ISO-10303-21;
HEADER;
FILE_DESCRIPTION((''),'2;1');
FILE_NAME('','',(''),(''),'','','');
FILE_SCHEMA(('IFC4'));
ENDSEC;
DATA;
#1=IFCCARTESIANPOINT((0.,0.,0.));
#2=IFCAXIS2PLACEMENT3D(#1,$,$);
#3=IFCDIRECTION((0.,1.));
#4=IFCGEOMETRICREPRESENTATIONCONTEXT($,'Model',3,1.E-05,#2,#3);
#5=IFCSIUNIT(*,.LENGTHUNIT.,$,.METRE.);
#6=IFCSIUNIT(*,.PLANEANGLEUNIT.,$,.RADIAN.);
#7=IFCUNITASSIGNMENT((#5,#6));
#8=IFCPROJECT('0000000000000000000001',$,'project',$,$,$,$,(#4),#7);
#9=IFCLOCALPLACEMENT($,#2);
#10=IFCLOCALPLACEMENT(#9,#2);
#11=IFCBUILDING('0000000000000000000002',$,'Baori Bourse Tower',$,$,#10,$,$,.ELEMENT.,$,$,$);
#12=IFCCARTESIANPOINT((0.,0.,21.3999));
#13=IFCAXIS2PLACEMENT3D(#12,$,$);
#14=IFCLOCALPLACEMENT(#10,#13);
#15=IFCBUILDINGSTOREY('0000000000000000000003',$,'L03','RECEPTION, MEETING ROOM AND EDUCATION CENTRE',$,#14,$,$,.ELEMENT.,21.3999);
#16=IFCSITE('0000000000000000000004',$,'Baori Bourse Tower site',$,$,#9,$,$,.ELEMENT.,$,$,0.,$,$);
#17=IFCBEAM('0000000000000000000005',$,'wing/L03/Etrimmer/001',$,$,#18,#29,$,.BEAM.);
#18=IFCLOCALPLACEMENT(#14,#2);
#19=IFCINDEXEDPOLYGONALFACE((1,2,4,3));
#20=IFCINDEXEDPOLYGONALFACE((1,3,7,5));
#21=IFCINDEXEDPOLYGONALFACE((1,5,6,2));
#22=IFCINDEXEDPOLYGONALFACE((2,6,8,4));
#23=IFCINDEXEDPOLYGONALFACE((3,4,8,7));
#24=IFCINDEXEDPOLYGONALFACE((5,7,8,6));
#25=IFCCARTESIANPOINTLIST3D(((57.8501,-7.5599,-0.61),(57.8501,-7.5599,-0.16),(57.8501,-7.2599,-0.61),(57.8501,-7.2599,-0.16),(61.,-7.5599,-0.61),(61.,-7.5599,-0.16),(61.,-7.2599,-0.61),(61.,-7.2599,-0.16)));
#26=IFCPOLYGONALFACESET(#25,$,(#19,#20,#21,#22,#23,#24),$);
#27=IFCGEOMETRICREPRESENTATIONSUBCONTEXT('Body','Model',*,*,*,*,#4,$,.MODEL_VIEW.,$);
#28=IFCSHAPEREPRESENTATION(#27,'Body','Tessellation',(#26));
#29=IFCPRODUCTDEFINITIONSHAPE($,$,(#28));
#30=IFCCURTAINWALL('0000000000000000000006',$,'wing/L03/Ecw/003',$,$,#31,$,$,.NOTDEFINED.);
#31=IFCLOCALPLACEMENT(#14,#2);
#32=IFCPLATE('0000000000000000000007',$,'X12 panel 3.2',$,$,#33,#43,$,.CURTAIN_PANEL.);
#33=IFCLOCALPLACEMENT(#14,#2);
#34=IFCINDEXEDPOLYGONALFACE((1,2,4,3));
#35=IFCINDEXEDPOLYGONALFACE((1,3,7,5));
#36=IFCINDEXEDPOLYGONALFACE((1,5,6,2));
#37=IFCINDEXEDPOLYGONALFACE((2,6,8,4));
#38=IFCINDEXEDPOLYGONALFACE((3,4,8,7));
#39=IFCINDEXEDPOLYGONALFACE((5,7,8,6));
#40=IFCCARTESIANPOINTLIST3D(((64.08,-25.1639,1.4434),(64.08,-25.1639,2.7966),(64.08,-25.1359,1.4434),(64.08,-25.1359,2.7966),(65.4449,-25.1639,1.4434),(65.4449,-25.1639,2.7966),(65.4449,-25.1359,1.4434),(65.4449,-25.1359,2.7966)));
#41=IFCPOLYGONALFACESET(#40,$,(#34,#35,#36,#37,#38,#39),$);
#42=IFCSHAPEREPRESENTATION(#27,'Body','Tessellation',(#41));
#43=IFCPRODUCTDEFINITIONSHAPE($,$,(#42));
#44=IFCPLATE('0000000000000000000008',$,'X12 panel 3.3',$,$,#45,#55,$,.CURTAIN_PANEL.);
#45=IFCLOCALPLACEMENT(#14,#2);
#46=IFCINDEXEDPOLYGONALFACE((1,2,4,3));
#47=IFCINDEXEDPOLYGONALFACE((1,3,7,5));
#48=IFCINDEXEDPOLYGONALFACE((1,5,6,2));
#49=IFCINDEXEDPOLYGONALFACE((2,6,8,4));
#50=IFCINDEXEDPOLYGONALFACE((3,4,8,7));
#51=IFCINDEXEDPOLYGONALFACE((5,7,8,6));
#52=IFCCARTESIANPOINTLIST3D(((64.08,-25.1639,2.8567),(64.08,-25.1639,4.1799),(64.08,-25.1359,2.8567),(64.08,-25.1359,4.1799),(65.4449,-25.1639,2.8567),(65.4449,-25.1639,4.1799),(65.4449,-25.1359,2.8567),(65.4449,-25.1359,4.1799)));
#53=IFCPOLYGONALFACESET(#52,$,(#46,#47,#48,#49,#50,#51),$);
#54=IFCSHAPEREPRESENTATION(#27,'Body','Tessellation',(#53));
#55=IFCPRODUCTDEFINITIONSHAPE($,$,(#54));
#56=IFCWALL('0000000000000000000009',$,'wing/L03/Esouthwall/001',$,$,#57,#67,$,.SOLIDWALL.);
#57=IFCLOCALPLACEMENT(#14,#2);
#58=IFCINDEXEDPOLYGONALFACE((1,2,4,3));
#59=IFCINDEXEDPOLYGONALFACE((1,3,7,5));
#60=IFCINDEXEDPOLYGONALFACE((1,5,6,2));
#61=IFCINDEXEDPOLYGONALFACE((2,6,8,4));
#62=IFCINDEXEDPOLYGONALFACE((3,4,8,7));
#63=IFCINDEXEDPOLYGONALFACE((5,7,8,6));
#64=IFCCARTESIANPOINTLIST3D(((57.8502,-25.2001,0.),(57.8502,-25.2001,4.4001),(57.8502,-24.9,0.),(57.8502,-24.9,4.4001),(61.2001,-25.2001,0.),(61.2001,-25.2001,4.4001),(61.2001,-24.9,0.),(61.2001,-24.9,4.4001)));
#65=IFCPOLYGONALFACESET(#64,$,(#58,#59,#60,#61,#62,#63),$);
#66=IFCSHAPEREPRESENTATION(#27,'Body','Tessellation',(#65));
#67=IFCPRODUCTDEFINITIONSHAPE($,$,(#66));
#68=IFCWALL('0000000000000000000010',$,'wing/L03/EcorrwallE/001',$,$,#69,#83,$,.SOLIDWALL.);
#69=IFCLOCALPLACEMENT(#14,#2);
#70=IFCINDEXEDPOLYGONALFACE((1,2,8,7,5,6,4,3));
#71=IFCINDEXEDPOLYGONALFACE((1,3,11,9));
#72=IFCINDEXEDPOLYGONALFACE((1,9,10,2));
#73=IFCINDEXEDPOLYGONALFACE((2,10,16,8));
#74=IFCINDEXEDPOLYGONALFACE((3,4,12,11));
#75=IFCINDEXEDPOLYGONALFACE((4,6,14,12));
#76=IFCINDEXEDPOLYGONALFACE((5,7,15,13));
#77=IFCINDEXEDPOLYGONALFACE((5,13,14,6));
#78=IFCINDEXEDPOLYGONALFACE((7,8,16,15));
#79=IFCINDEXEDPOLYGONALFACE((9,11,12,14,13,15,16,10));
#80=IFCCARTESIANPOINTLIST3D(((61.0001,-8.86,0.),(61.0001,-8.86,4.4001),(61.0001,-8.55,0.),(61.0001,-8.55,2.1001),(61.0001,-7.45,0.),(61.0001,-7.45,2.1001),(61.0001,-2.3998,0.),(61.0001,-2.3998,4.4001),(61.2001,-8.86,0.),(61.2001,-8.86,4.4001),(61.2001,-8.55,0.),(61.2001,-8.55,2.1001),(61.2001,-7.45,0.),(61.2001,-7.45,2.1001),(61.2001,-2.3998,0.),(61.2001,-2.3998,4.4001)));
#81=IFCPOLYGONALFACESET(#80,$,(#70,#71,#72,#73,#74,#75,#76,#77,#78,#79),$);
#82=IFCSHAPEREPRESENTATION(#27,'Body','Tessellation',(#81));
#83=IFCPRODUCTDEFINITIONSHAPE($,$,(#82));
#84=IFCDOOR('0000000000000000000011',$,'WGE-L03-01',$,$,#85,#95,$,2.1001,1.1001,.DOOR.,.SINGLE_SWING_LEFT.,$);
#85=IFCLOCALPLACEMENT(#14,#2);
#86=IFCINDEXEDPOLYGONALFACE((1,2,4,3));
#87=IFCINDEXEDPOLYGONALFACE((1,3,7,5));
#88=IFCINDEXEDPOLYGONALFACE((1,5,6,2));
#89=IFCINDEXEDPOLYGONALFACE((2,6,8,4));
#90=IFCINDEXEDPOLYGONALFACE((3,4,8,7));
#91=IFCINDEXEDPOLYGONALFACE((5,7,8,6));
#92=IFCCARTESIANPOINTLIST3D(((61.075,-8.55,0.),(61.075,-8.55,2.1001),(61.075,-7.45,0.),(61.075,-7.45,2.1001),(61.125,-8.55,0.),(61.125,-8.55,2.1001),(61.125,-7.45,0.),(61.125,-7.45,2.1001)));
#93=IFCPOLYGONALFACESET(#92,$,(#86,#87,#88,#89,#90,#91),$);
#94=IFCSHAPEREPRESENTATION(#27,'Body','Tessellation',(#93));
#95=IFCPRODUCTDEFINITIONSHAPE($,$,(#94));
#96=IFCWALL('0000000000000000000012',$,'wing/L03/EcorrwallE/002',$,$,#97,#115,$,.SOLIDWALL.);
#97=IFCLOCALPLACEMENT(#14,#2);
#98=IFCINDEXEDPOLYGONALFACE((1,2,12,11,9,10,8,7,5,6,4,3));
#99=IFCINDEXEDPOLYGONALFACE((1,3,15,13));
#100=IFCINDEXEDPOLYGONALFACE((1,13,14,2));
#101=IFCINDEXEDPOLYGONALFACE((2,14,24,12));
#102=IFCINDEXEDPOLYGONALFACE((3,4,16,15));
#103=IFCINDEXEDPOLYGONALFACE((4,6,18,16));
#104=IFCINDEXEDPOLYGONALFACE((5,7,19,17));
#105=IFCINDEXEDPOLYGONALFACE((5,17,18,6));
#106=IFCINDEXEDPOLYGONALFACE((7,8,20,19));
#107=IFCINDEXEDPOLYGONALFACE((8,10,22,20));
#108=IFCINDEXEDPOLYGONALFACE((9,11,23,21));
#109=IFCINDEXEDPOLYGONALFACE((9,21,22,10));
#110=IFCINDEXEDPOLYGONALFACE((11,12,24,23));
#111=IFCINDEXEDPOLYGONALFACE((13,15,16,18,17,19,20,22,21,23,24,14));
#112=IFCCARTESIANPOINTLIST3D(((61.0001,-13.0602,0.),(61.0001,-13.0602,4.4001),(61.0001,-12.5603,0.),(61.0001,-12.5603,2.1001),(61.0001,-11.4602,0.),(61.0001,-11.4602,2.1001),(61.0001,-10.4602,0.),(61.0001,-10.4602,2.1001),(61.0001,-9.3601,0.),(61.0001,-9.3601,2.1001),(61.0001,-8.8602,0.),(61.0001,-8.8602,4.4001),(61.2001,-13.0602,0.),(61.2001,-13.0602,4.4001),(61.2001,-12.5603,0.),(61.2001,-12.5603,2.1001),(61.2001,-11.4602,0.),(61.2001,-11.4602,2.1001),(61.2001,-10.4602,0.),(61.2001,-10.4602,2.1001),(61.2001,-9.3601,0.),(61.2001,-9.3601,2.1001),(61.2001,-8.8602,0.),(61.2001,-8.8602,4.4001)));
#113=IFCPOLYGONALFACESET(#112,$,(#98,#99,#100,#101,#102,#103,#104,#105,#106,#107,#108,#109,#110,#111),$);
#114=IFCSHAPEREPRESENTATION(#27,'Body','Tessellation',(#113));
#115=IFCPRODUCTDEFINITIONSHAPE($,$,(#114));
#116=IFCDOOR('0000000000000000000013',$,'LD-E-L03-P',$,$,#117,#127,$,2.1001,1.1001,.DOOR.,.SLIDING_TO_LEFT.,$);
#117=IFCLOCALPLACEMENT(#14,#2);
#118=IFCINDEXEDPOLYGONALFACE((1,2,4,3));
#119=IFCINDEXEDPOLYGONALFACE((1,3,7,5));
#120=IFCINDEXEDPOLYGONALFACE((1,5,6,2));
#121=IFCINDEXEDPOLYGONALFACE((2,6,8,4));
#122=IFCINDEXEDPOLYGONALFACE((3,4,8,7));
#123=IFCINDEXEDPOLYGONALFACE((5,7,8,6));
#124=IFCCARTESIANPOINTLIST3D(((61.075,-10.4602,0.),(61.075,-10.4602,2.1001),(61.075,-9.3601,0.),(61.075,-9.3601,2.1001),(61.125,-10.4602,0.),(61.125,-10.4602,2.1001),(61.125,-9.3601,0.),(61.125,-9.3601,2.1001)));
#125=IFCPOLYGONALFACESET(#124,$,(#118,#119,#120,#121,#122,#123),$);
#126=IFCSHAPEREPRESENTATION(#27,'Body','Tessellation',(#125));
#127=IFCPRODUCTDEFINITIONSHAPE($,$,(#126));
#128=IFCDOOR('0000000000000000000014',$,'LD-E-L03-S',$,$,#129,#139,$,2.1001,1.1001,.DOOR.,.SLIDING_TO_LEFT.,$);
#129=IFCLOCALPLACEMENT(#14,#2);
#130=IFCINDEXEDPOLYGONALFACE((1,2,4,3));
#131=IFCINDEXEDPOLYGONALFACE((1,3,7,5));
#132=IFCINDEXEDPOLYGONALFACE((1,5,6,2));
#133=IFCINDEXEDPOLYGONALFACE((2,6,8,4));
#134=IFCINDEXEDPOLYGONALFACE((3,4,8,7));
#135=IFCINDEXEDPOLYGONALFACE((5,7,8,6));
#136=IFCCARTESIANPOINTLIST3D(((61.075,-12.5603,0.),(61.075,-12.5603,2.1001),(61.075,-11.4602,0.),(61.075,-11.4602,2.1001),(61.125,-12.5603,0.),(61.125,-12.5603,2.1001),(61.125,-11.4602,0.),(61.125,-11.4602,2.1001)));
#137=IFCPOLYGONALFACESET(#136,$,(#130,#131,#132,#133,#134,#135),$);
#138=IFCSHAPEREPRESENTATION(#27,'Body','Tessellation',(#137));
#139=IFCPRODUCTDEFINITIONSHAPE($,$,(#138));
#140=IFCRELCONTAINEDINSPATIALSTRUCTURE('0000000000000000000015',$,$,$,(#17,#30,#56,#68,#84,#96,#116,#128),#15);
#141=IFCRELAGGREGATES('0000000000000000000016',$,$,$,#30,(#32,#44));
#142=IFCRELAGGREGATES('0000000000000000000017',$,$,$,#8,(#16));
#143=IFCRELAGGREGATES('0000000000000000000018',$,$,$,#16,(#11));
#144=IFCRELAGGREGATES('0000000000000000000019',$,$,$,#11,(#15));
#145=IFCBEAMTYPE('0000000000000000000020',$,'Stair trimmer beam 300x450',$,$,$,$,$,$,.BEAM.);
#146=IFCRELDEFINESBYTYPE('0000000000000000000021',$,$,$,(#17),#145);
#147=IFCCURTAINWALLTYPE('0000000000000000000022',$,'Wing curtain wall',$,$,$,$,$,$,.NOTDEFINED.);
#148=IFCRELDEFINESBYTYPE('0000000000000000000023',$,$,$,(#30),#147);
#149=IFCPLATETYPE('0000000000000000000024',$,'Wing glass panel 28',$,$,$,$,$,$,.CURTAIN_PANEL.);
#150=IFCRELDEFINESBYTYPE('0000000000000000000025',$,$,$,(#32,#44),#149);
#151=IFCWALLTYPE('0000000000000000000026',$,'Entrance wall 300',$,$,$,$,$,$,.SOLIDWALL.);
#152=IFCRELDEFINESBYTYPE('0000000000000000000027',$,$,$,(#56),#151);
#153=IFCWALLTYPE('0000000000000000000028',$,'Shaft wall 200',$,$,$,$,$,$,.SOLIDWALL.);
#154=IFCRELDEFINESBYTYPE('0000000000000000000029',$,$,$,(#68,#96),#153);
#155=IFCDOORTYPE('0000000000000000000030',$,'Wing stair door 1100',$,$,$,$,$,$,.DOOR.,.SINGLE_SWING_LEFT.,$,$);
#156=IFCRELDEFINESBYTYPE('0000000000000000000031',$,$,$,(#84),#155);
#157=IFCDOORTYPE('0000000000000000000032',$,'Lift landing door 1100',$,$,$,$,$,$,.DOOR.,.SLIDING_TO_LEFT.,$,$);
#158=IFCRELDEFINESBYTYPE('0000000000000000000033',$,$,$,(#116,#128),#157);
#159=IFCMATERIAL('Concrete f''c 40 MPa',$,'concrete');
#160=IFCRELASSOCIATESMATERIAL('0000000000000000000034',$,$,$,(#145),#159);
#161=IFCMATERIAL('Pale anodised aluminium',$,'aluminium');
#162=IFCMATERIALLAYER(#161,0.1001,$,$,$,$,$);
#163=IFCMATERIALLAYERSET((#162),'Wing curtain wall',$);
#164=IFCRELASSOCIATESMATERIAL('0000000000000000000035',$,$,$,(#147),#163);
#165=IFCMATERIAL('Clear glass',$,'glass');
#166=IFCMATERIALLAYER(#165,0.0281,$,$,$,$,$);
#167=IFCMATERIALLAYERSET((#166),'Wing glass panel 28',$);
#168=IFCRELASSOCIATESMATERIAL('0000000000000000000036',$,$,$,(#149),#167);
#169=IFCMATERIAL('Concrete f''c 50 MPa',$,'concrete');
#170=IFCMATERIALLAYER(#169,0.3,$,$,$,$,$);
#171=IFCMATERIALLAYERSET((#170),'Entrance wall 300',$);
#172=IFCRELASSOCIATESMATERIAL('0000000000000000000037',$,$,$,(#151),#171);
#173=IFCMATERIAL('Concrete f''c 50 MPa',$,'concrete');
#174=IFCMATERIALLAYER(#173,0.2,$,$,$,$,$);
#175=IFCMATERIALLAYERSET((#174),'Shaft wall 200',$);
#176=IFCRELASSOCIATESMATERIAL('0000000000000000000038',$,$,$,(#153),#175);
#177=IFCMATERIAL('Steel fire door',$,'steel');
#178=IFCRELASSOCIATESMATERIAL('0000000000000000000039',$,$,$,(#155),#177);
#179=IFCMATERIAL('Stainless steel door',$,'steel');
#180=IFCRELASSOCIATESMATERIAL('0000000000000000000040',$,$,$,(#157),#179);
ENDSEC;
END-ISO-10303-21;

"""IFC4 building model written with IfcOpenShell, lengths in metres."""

from ifc_helpers import new_model, si_unit, direction, frame, frame_2d, origin, origin_2d, place, context, subcontext, project, spatial, rectangle, extrude, material, layer, layer_set, material_profile, profile_set, type_object, element, fill, aggregate, save


model = new_model("IFC4")

# Units and contexts
model_context = context("Model", 3, precision=1e-05, world=origin(), true_north=direction((0.0, 1.0)))
body_context = subcontext(model_context, "Body", "Model", "MODEL_VIEW")
ifc_project = project(units=[si_unit("LENGTHUNIT", "METRE"), si_unit("PLANEANGLEUNIT", "RADIAN")], contexts=[model_context])

# Site, building, storey
site_placement = place(None, origin())
site = spatial("IfcSite", under=ifc_project, at=site_placement, Name="Baori Bourse Tower site", CompositionType="ELEMENT", RefElevation=0.0)
building_placement = place(site_placement, origin())
building = spatial("IfcBuilding", under=site, at=building_placement, Name="Baori Bourse Tower", CompositionType="ELEMENT")
storey_placement = place(building_placement, frame((0.0, 0.0, 21.3999)))
storey = spatial("IfcBuildingStorey", under=building, at=storey_placement, Name="L03", Description="RECEPTION, MEETING ROOM AND EDUCATION CENTRE", CompositionType="ELEMENT", Elevation=21.3999)

# Beam
ifc_material_1 = material(Name="Concrete f'c 40 MPa", Category="concrete")
ifc_material_profile = material_profile(ifc_material_1, rectangle(XDim=0.3, YDim=0.45, at=origin_2d()), Name="Stair trimmer beam 300x450")
ifc_profile_set = profile_set([ifc_material_profile], Name="Concrete f'c 40 MPa")
beam_type = type_object("IfcBeamType", Name="Stair trimmer beam 300x450", PredefinedType="BEAM", material=ifc_profile_set)
beam_placement = place(storey_placement, frame((61.0, -7.4099, -0.385), z_axis=(-1.0, 0.0, 0.0), x_axis=(0.0, -1.0, 0.0)))
element("IfcBeam", 1, at=beam_placement, inside=storey, type_object=beam_type, Name="wing/L03/Etrimmer/001", PredefinedType="BEAM", context=body_context, shape_type="SweptSolid", body=[
    extrude(rectangle(XDim=0.3, YDim=0.45, at=origin_2d()), origin(), (0.0, 0.0, 1.0), 3.1499),
])

# Curtain wall, plates
ifc_material_2 = material(Name="Pale anodised aluminium", Category="aluminium")
ifc_layer_1 = layer(ifc_material_2, 0.1001)
ifc_layer_set_1 = layer_set([ifc_layer_1], Name="Wing curtain wall")
curtain_wall_type = type_object("IfcCurtainWallType", Name="Wing curtain wall", PredefinedType="NOTDEFINED", material=ifc_layer_set_1)
curtain_wall_placement = place(storey_placement, origin())
curtain_wall = element("IfcCurtainWall", 2, at=curtain_wall_placement, inside=storey, type_object=curtain_wall_type, Name="wing/L03/Ecw/003", PredefinedType="NOTDEFINED")
ifc_material_3 = material(Name="Clear glass", Category="glass")
ifc_layer_2 = layer(ifc_material_3, 0.0281)
ifc_layer_set_2 = layer_set([ifc_layer_2], Name="Wing glass panel 28")
plate_type = type_object("IfcPlateType", Name="Wing glass panel 28", PredefinedType="CURTAIN_PANEL", material=ifc_layer_set_2)
plate_1_placement = place(storey_placement, frame((64.7625, -25.1499, 1.4434), z_axis=(0.0, 0.0, 1.0), x_axis=(1.0, 0.0, 0.0)))
plate_1 = element("IfcPlate", 3, at=plate_1_placement, type_object=plate_type, Name="X12 panel 3.2", PredefinedType="CURTAIN_PANEL", context=body_context, shape_type="SweptSolid", body=[
    extrude(rectangle(XDim=1.365, YDim=0.0281, at=origin_2d()), origin(), (0.0, 0.0, 1.0), 1.3533),
])
plate_2_placement = place(storey_placement, frame((64.7625, -25.1499, 2.8567), z_axis=(0.0, 0.0, 1.0), x_axis=(1.0, 0.0, 0.0)))
plate_2 = element("IfcPlate", 4, at=plate_2_placement, type_object=plate_type, Name="X12 panel 3.3", PredefinedType="CURTAIN_PANEL", context=body_context, shape_type="SweptSolid", body=[
    extrude(rectangle(XDim=1.365, YDim=0.0281, at=origin_2d()), origin(), (0.0, 0.0, 1.0), 1.3232),
])
aggregate(curtain_wall, [plate_1, plate_2])

# Wall
ifc_material_4 = material(Name="Concrete f'c 50 MPa", Category="concrete")
ifc_layer_3 = layer(ifc_material_4, 0.3)
ifc_layer_set_3 = layer_set([ifc_layer_3], Name="Entrance wall 300")
wall_type_1 = type_object("IfcWallType", Name="Entrance wall 300", PredefinedType="SOLIDWALL", material=ifc_layer_set_3)
wall_1_placement = place(storey_placement, frame((61.2, -25.05, 0.0), z_axis=(0.0, 0.0, 1.0), x_axis=(-1.0, 0.0, 0.0)))
element("IfcWall", 5, at=wall_1_placement, inside=storey, type_object=wall_type_1, Name="wing/L03/Esouthwall/001", PredefinedType="SOLIDWALL", context=body_context, shape_type="SweptSolid", body=[
    extrude(rectangle(XDim=3.3499, YDim=0.3, at=frame_2d((1.6748, 0.0))), origin(), (0.0, 0.0, 1.0), 4.4001),
])

# Wall, opening, door
ifc_material_5 = material(Name="Concrete f'c 50 MPa", Category="concrete")
ifc_layer_4 = layer(ifc_material_5, 0.2)
ifc_layer_set_4 = layer_set([ifc_layer_4], Name="Shaft wall 200")
wall_type_2 = type_object("IfcWallType", Name="Shaft wall 200", PredefinedType="SOLIDWALL", material=ifc_layer_set_4)
wall_2_placement = place(storey_placement, frame((61.1001, -2.3999, 0.0), z_axis=(0.0, 0.0, 1.0), x_axis=(0.0, -1.0, 0.0)))
wall_2 = element("IfcWall", 6, at=wall_2_placement, inside=storey, type_object=wall_type_2, Name="wing/L03/EcorrwallE/001", PredefinedType="SOLIDWALL", context=body_context, shape_type="SweptSolid", body=[
    extrude(rectangle(XDim=6.4602, YDim=0.2, at=frame_2d((3.23, 0.0))), origin(), (0.0, 0.0, 1.0), 4.4001),
])
opening_1_placement = place(wall_2_placement, frame((5.05, 0.0, 0.0)))
opening_1 = element("IfcOpeningElement", 7, at=opening_1_placement, cuts=wall_2, PredefinedType="OPENING", context=body_context, shape_type="SweptSolid", body=[
    extrude(rectangle(XDim=1.1001, YDim=2.1001, at=frame_2d((0.55, 1.05))), frame((0.0, 0.1099, 0.0), z_axis=(0.0, -1.0, 0.0), x_axis=(1.0, 0.0, 0.0)), (0.0, 0.0, 1.0), 0.22),
])
ifc_material_6 = material(Name="Steel fire door", Category="steel")
door_type_1 = type_object("IfcDoorType", Name="Wing stair door 1100", OperationType="SINGLE_SWING_LEFT", PredefinedType="DOOR", material=ifc_material_6)
door_1_placement = place(opening_1_placement, origin())
door_1 = element("IfcDoor", 8, at=door_1_placement, inside=storey, type_object=door_type_1, Name="WGE-L03-01", OperationType="SINGLE_SWING_LEFT", OverallHeight=2.1001, OverallWidth=1.1001, PredefinedType="DOOR", context=body_context, shape_type="SweptSolid", body=[
    extrude(rectangle(XDim=1.1001, YDim=2.1001, at=frame_2d((0.55, 1.05))), frame((0.0, 0.0249, 0.0), z_axis=(0.0, -1.0, 0.0), x_axis=(1.0, 0.0, 0.0)), (0.0, 0.0, 1.0), 0.05),
])
fill(opening_1, door_1)

# Wall, openings, doors
wall_3_placement = place(storey_placement, frame((61.1001, -8.8601, 0.0), z_axis=(0.0, 0.0, 1.0), x_axis=(0.0, -1.0, 0.0)))
wall_3 = element("IfcWall", 9, at=wall_3_placement, inside=storey, type_object=wall_type_2, Name="wing/L03/EcorrwallE/002", PredefinedType="SOLIDWALL", context=body_context, shape_type="SweptSolid", body=[
    extrude(rectangle(XDim=4.2, YDim=0.2, at=frame_2d((2.1001, 0.0))), origin(), (0.0, 0.0, 1.0), 4.4001),
])
opening_2_placement = place(wall_3_placement, frame((0.5, 0.0, 0.0)))
opening_2 = element("IfcOpeningElement", 10, at=opening_2_placement, cuts=wall_3, PredefinedType="OPENING", context=body_context, shape_type="SweptSolid", body=[
    extrude(rectangle(XDim=1.1001, YDim=2.1001, at=frame_2d((0.55, 1.05))), frame((0.0, 0.1099, 0.0), z_axis=(0.0, -1.0, 0.0), x_axis=(1.0, 0.0, 0.0)), (0.0, 0.0, 1.0), 0.22),
])
opening_3_placement = place(wall_3_placement, frame((2.6001, 0.0, 0.0)))
opening_3 = element("IfcOpeningElement", 11, at=opening_3_placement, cuts=wall_3, PredefinedType="OPENING", context=body_context, shape_type="SweptSolid", body=[
    extrude(rectangle(XDim=1.1001, YDim=2.1001, at=frame_2d((0.55, 1.05))), frame((0.0, 0.1099, 0.0), z_axis=(0.0, -1.0, 0.0), x_axis=(1.0, 0.0, 0.0)), (0.0, 0.0, 1.0), 0.22),
])
ifc_material_7 = material(Name="Stainless steel door", Category="steel")
door_type_2 = type_object("IfcDoorType", Name="Lift landing door 1100", OperationType="SLIDING_TO_LEFT", PredefinedType="DOOR", material=ifc_material_7)
door_2_placement = place(opening_2_placement, origin())
door_2 = element("IfcDoor", 12, at=door_2_placement, inside=storey, type_object=door_type_2, Name="LD-E-L03-P", OperationType="SLIDING_TO_LEFT", OverallHeight=2.1001, OverallWidth=1.1001, PredefinedType="DOOR", context=body_context, shape_type="SweptSolid", body=[
    extrude(rectangle(XDim=1.1001, YDim=2.1001, at=frame_2d((0.55, 1.05))), frame((0.0, 0.0249, 0.0), z_axis=(0.0, -1.0, 0.0), x_axis=(1.0, 0.0, 0.0)), (0.0, 0.0, 1.0), 0.05),
])
fill(opening_2, door_2)
door_3_placement = place(opening_3_placement, origin())
door_3 = element("IfcDoor", 13, at=door_3_placement, inside=storey, type_object=door_type_2, Name="LD-E-L03-S", OperationType="SLIDING_TO_LEFT", OverallHeight=2.1001, OverallWidth=1.1001, PredefinedType="DOOR", context=body_context, shape_type="SweptSolid", body=[
    extrude(rectangle(XDim=1.1001, YDim=2.1001, at=frame_2d((0.55, 1.05))), frame((0.0, 0.0249, 0.0), z_axis=(0.0, -1.0, 0.0), x_axis=(1.0, 0.0, 0.0)), (0.0, 0.0, 1.0), 0.05),
])
fill(opening_3, door_3)

save(model, "model.ifc")
